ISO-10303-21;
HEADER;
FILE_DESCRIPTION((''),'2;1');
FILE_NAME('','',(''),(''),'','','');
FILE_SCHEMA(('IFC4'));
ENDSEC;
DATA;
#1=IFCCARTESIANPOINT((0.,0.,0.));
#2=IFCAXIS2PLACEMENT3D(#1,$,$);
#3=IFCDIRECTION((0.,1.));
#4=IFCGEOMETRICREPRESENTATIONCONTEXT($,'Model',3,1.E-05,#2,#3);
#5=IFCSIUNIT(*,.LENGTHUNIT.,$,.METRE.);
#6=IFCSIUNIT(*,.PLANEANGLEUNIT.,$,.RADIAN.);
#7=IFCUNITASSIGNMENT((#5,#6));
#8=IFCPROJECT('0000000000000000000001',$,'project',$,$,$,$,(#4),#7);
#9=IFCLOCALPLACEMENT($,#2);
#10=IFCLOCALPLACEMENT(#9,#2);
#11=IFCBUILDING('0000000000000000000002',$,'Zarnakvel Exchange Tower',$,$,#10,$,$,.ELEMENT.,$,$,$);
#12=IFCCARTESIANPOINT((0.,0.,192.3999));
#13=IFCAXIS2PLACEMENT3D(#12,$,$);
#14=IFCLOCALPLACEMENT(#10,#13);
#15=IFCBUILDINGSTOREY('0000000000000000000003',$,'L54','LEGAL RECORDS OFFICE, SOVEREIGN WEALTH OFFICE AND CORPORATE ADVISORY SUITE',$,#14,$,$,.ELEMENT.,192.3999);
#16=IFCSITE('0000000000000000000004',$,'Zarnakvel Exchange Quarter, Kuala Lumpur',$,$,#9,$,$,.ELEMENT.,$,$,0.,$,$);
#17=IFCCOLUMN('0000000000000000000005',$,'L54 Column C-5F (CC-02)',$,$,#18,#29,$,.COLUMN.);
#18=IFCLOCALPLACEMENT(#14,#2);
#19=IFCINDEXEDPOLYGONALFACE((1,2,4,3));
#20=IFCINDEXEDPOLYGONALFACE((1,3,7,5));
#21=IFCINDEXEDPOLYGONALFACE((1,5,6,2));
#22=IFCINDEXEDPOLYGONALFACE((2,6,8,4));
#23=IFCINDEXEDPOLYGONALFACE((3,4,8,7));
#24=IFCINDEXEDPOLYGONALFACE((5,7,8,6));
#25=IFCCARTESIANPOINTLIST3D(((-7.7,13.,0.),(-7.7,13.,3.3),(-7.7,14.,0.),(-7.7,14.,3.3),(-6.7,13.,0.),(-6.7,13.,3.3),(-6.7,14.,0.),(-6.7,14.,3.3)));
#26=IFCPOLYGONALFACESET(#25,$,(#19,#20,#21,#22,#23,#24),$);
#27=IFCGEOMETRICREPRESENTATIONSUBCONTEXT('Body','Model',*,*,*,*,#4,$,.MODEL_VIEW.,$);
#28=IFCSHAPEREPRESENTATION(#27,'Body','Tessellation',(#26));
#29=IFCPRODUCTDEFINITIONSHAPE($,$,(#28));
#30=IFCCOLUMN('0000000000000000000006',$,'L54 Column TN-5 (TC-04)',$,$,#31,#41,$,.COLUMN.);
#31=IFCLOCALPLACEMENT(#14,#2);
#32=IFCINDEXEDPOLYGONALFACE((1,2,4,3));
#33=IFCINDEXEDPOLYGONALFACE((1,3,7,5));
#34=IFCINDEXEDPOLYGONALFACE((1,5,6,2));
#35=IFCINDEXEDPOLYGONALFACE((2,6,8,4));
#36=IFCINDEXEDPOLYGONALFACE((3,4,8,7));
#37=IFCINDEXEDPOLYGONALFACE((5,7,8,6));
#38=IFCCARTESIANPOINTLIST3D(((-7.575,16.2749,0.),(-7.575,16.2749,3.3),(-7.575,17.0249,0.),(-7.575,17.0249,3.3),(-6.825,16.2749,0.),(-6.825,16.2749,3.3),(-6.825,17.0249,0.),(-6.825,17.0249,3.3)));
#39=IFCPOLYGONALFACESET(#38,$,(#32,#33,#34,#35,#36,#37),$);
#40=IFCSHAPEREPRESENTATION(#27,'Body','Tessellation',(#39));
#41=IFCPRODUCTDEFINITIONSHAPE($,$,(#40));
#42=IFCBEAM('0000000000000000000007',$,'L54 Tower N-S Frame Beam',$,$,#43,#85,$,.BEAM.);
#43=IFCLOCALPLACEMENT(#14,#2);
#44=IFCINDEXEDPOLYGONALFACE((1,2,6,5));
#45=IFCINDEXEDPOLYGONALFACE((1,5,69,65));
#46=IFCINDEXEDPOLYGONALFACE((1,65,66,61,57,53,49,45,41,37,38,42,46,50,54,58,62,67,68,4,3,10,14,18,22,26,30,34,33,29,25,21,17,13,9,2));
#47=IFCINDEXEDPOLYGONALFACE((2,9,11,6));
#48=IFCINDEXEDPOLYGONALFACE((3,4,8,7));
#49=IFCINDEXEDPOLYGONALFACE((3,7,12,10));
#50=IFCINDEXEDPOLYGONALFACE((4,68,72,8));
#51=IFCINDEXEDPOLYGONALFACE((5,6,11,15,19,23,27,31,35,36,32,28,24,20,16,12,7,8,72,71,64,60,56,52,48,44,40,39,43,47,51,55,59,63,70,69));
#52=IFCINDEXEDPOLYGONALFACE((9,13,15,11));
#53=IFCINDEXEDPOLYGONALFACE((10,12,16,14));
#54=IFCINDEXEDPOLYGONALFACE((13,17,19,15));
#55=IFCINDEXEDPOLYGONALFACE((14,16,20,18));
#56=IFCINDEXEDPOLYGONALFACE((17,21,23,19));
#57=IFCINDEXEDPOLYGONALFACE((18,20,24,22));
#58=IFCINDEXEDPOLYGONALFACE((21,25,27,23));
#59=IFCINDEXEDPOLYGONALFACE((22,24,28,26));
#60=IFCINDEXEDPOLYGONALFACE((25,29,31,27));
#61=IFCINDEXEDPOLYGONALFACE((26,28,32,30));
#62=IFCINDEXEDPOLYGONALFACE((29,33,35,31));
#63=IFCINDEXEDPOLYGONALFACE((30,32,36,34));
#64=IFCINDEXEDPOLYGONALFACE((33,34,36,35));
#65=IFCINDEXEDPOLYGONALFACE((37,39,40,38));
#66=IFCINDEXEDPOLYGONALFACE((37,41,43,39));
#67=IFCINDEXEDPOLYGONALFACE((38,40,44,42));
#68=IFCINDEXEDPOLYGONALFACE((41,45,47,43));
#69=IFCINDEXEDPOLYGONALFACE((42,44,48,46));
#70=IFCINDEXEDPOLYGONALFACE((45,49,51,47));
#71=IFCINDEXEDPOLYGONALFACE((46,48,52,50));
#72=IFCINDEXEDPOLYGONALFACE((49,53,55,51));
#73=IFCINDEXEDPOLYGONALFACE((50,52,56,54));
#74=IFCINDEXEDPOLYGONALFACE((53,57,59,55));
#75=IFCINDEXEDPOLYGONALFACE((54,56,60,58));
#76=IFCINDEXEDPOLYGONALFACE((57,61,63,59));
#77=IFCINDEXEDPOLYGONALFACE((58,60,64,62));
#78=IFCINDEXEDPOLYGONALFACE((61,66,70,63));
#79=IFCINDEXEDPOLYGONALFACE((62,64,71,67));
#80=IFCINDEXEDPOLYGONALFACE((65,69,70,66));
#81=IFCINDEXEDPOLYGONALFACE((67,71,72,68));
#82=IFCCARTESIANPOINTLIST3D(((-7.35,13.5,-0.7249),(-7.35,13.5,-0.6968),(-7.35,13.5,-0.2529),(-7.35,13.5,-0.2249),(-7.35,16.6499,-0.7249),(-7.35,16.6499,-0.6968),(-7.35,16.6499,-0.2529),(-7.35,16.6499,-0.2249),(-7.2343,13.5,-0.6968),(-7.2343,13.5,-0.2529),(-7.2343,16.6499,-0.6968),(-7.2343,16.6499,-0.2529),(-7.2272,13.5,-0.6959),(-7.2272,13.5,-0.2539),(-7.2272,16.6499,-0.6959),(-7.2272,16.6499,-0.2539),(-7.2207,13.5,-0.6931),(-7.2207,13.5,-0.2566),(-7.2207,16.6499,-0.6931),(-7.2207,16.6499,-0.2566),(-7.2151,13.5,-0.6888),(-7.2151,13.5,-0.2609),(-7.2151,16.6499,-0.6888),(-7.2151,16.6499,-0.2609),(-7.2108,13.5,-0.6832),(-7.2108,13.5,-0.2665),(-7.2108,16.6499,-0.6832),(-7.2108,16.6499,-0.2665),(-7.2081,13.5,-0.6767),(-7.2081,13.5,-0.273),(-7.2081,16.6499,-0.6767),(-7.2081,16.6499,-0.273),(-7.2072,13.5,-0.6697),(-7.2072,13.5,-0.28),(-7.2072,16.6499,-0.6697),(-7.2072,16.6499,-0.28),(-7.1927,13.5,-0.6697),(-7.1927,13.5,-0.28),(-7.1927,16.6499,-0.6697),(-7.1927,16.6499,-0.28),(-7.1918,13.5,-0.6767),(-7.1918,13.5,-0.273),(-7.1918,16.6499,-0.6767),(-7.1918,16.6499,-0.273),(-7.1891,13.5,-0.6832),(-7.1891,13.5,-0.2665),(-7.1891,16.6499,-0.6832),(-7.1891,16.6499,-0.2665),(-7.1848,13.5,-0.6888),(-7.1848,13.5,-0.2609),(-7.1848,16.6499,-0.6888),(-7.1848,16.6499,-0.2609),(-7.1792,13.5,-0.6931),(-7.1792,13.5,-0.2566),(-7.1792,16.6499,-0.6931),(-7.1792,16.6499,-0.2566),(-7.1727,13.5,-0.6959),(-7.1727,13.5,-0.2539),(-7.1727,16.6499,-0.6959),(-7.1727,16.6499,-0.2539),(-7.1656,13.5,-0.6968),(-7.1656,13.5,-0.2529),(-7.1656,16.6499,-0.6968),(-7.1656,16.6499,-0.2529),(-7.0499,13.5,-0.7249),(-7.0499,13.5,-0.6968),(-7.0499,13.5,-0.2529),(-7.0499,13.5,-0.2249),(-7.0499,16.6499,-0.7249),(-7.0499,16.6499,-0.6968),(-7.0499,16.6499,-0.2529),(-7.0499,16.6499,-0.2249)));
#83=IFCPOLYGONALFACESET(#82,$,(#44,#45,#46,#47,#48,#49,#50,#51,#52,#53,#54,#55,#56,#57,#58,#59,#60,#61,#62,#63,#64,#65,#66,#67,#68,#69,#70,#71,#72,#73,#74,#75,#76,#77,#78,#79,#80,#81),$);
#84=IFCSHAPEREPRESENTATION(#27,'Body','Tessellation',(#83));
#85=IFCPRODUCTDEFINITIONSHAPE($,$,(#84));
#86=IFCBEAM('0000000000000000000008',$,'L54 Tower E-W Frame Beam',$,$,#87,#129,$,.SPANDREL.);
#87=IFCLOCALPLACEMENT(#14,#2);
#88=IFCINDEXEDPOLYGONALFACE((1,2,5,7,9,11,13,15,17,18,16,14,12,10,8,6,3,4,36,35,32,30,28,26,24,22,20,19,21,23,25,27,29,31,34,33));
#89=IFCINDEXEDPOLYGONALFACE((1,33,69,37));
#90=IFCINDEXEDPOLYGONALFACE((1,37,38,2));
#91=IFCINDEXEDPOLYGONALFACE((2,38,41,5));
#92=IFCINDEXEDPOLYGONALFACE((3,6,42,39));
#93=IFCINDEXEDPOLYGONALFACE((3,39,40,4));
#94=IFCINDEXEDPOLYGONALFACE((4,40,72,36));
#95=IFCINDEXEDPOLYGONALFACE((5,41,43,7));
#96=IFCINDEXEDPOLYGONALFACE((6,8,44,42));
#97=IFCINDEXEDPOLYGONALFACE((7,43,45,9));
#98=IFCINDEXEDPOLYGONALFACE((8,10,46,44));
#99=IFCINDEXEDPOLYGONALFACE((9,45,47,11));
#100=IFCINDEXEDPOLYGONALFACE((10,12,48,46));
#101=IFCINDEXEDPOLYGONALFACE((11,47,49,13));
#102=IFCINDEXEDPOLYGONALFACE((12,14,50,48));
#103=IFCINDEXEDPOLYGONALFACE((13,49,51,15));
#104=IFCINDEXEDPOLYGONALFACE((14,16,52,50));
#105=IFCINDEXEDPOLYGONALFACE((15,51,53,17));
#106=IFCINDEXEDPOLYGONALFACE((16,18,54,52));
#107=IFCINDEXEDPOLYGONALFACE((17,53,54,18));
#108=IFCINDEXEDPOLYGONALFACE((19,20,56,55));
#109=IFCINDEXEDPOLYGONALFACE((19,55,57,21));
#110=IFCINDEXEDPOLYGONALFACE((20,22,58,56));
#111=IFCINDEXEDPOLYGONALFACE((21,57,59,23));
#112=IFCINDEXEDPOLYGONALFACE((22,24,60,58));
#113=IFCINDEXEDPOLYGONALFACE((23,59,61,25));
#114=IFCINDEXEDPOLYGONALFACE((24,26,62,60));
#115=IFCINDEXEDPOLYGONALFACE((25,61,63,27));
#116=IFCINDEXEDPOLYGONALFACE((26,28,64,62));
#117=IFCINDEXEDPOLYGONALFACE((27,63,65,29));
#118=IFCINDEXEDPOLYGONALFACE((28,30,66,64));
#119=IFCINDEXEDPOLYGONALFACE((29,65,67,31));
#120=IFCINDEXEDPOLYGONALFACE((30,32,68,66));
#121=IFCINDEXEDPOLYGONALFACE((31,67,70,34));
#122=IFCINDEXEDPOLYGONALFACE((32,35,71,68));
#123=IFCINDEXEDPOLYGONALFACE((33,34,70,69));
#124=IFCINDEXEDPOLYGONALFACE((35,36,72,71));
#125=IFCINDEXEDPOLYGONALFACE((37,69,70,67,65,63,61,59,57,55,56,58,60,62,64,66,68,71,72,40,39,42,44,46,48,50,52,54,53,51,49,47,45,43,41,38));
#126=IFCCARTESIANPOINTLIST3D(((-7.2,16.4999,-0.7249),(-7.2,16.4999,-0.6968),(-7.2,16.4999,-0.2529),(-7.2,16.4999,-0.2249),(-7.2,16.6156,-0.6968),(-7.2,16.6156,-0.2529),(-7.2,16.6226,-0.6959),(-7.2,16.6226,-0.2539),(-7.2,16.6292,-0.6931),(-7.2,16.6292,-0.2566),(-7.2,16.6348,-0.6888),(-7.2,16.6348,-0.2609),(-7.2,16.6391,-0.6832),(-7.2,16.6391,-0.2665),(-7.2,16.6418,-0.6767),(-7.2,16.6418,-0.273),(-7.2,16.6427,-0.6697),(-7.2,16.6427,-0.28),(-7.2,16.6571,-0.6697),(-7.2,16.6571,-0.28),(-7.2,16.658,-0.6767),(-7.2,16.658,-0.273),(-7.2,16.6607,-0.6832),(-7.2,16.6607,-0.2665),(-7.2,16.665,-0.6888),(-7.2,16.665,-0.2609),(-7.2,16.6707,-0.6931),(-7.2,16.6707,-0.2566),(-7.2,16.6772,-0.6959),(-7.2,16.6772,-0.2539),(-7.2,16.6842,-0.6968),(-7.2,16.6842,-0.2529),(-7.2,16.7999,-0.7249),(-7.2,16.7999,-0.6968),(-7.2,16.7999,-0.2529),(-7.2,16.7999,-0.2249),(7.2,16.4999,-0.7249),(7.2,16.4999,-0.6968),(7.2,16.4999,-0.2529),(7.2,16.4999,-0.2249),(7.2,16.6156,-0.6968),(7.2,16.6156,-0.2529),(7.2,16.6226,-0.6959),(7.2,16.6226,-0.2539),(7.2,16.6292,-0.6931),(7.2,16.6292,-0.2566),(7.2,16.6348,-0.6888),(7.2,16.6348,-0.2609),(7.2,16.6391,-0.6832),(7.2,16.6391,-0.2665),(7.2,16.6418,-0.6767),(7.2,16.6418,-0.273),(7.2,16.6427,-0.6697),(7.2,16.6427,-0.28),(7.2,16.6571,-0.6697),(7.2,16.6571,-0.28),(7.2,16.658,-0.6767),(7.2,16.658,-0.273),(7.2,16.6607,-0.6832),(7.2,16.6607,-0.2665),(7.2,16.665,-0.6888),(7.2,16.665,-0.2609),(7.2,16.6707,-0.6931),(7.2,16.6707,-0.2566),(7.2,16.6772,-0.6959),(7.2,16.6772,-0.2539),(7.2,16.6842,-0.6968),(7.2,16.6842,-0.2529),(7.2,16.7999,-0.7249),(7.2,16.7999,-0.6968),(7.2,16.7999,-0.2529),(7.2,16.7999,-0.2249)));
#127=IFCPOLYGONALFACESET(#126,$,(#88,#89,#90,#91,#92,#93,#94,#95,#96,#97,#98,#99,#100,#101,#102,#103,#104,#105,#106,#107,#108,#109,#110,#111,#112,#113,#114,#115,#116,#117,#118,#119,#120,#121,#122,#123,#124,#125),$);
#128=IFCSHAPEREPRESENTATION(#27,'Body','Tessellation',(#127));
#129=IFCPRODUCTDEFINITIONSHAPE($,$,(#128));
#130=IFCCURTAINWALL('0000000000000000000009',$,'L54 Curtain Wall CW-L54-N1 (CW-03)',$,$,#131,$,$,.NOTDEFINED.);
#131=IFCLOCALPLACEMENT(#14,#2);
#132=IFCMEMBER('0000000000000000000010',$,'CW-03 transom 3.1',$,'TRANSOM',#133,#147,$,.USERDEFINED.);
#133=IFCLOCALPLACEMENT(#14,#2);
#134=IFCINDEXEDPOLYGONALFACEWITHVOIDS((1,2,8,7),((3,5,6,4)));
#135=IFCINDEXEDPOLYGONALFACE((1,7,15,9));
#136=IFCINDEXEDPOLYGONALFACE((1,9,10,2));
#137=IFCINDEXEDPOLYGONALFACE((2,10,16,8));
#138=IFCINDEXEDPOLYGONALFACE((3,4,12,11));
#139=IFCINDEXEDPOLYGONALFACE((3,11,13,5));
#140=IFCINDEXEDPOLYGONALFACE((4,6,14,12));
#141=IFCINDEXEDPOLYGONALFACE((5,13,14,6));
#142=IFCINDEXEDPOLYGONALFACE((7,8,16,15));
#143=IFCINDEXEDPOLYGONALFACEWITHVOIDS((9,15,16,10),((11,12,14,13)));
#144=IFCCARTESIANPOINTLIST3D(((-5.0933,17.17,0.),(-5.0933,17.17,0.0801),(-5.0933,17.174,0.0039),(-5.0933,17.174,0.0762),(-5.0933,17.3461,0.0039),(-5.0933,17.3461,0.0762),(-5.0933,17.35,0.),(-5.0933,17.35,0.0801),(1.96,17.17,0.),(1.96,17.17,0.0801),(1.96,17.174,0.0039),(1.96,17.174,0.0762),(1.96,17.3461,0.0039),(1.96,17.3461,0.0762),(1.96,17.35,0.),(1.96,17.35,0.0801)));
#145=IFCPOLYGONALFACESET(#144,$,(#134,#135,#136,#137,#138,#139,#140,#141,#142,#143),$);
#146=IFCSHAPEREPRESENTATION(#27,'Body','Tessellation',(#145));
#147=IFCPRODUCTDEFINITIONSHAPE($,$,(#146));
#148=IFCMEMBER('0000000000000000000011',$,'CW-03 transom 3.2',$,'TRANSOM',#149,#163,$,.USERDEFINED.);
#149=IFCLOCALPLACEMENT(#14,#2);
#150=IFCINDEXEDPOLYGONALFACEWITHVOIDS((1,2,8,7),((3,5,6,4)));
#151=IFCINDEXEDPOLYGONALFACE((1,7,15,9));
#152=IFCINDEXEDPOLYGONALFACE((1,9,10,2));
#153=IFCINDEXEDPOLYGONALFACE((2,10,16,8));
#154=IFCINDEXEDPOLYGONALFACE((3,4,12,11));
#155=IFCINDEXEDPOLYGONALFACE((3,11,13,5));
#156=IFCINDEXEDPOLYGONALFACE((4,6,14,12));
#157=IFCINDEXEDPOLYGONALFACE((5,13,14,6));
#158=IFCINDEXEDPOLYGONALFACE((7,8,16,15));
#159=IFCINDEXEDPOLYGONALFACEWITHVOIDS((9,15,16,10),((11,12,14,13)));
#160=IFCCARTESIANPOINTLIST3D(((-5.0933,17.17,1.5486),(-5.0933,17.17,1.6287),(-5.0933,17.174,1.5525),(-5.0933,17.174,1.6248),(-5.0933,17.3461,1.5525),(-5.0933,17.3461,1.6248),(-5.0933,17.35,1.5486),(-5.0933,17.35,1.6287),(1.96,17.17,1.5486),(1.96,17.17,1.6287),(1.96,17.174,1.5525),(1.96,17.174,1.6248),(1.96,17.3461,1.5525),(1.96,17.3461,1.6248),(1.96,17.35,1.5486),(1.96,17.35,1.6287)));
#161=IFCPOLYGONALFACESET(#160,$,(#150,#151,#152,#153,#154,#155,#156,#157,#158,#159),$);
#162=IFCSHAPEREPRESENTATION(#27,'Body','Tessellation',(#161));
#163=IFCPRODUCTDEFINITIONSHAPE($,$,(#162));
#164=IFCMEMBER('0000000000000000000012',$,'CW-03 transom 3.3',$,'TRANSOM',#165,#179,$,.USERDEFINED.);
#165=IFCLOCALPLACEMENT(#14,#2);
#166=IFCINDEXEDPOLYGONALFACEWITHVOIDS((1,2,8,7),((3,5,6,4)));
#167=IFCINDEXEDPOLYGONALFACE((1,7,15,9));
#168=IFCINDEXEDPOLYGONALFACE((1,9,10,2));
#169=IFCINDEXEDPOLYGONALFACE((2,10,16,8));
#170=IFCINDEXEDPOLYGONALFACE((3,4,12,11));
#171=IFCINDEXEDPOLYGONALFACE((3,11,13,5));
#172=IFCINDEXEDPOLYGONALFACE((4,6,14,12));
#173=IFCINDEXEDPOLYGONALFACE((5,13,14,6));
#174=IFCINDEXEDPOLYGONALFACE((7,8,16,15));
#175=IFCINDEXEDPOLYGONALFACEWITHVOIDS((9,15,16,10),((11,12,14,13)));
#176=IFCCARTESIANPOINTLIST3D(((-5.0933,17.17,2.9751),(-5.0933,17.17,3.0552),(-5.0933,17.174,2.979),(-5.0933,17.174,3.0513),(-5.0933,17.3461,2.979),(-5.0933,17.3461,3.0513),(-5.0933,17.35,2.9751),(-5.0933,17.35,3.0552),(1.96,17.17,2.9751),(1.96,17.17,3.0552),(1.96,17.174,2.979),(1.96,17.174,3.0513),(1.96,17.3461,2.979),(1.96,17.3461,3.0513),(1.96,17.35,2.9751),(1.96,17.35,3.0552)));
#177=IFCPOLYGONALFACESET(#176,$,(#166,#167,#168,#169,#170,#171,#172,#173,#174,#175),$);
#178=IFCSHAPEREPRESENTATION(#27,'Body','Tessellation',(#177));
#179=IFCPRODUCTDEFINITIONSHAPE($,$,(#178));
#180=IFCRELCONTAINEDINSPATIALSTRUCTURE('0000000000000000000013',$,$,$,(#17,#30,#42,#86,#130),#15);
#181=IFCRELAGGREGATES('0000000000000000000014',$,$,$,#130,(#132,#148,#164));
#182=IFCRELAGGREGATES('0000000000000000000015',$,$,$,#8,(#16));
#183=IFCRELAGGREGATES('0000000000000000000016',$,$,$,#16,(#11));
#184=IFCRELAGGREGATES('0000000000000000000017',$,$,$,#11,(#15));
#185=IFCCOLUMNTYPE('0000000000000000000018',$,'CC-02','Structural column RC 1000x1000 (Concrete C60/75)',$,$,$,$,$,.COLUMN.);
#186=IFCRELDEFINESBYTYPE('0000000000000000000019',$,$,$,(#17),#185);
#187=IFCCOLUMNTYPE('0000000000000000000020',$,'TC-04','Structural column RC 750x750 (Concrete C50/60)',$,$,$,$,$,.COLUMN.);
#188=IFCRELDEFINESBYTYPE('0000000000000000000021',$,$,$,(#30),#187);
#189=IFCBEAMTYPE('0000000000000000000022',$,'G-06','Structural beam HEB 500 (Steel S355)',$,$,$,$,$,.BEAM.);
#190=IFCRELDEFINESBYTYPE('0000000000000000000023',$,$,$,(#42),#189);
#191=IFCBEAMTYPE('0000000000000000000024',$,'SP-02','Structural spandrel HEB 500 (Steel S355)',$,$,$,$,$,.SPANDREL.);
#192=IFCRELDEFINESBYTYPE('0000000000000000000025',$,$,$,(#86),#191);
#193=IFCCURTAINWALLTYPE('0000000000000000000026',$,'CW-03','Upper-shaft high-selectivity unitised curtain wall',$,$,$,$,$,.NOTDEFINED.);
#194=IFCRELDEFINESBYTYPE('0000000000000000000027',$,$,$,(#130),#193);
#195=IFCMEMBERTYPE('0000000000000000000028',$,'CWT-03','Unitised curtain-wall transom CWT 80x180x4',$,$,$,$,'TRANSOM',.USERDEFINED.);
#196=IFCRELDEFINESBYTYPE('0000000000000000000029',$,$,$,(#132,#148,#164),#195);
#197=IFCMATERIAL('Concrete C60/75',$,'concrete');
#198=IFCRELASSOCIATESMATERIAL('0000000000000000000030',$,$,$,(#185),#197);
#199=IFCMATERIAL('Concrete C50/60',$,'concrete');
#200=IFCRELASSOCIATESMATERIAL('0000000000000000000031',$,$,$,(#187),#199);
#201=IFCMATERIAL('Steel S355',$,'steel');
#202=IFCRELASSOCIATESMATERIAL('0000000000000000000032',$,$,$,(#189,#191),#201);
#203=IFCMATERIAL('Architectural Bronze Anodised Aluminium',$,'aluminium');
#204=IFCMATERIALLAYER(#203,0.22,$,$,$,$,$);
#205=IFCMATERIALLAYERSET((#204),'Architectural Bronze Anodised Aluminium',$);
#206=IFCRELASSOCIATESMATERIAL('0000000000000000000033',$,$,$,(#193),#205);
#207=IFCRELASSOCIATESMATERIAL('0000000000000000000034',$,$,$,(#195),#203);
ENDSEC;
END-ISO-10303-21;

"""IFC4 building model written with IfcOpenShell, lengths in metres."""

from ifc_helpers import new_model, si_unit, direction, frame, origin, origin_2d, place, context, subcontext, project, spatial, rectangle, hollow_rectangle, i_section, extrude, source, transform, mapped, material, layer, layer_set, material_profile, profile_set, type_object, element, aggregate, save


model = new_model("IFC4")

# Units and contexts
model_context = context("Model", 3, precision=1e-05, world=origin(), true_north=direction((0.0, 1.0)))
body_context = subcontext(model_context, "Body", "Model", "MODEL_VIEW")
ifc_project = project(units=[si_unit("LENGTHUNIT", "METRE"), si_unit("PLANEANGLEUNIT", "RADIAN")], contexts=[model_context])

# Site, building, storey
site_placement = place(None, origin())
site = spatial("IfcSite", under=ifc_project, at=site_placement, Name="Zarnakvel Exchange Quarter, Kuala Lumpur", CompositionType="ELEMENT", RefElevation=0.0)
building_placement = place(site_placement, origin())
building = spatial("IfcBuilding", under=site, at=building_placement, Name="Zarnakvel Exchange Tower", CompositionType="ELEMENT")
storey_placement = place(building_placement, frame((0.0, 0.0, 192.3999)))
storey = spatial("IfcBuildingStorey", under=building, at=storey_placement, Name="L54", Description="LEGAL RECORDS OFFICE, SOVEREIGN WEALTH OFFICE AND CORPORATE ADVISORY SUITE", CompositionType="ELEMENT", Elevation=192.3999)

# Columns
ifc_material_1 = material(Name="Concrete C60/75", Category="concrete")
ifc_material_profile_1 = material_profile(ifc_material_1, rectangle(XDim=1.0, YDim=1.0, at=origin_2d()))
ifc_profile_set_1 = profile_set([ifc_material_profile_1], Name="Concrete C60/75")
column_type_1 = type_object("IfcColumnType", Name="CC-02", Description="Structural column RC 1000x1000 (Concrete C60/75)", PredefinedType="COLUMN", material=ifc_profile_set_1)
column_1_placement = place(storey_placement, frame((-7.2, 13.5, 0.0), z_axis=(0.0, 0.0, 1.0), x_axis=(1.0, 0.0, 0.0)))
element("IfcColumn", 1, at=column_1_placement, inside=storey, type_object=column_type_1, Name="L54 Column C-5F (CC-02)", PredefinedType="COLUMN", context=body_context, shape_type="SweptSolid", body=[
    extrude(rectangle(XDim=1.0, YDim=1.0, at=origin_2d()), origin(), (0.0, 0.0, 1.0), 3.3),
])
ifc_material_2 = material(Name="Concrete C50/60", Category="concrete")
ifc_material_profile_2 = material_profile(ifc_material_2, rectangle(XDim=0.75, YDim=0.75, at=origin_2d()))
ifc_profile_set_2 = profile_set([ifc_material_profile_2], Name="Concrete C50/60")
column_type_2 = type_object("IfcColumnType", Name="TC-04", Description="Structural column RC 750x750 (Concrete C50/60)", PredefinedType="COLUMN", material=ifc_profile_set_2)
column_2_placement = place(storey_placement, frame((-7.2, 16.6499, 0.0), z_axis=(0.0, 0.0, 1.0), x_axis=(1.0, 0.0, 0.0)))
element("IfcColumn", 2, at=column_2_placement, inside=storey, type_object=column_type_2, Name="L54 Column TN-5 (TC-04)", PredefinedType="COLUMN", context=body_context, shape_type="SweptSolid", body=[
    extrude(rectangle(XDim=0.75, YDim=0.75, at=origin_2d()), origin(), (0.0, 0.0, 1.0), 3.3),
])

# Beams
ifc_material_3 = material(Name="Steel S355", Category="steel")
ifc_material_profile_3 = material_profile(ifc_material_3, i_section(OverallWidth=0.3, OverallDepth=0.5, WebThickness=0.0144, FlangeThickness=0.0281, FilletRadius=0.0271, at=origin_2d()))
ifc_profile_set_3 = profile_set([ifc_material_profile_3], Name="Steel S355")
beam_type_1 = type_object("IfcBeamType", Name="G-06", Description="Structural beam HEB 500 (Steel S355)", PredefinedType="BEAM", material=ifc_profile_set_3)
beam_1_placement = place(storey_placement, frame((-7.2, 13.5, -0.4749), z_axis=(0.0, 1.0, 0.0), x_axis=(-1.0, 0.0, 0.0)))
element("IfcBeam", 3, at=beam_1_placement, inside=storey, type_object=beam_type_1, Name="L54 Tower N-S Frame Beam", PredefinedType="BEAM", context=body_context, shape_type="SweptSolid", body=[
    extrude(i_section(OverallWidth=0.3, OverallDepth=0.5, WebThickness=0.0144, FlangeThickness=0.0281, FilletRadius=0.0271, at=origin_2d()), origin(), (0.0, 0.0, 1.0), 3.1499),
])
ifc_material_profile_4 = material_profile(ifc_material_3, i_section(OverallWidth=0.3, OverallDepth=0.5, WebThickness=0.0144, FlangeThickness=0.0281, FilletRadius=0.0271, at=origin_2d()))
ifc_profile_set_4 = profile_set([ifc_material_profile_4], Name="Steel S355")
beam_type_2 = type_object("IfcBeamType", Name="SP-02", Description="Structural spandrel HEB 500 (Steel S355)", PredefinedType="SPANDREL", material=ifc_profile_set_4)
beam_2_placement = place(storey_placement, frame((-7.2, 16.6499, -0.4749), z_axis=(1.0, 0.0, 0.0), x_axis=(0.0, 1.0, 0.0)))
element("IfcBeam", 4, at=beam_2_placement, inside=storey, type_object=beam_type_2, Name="L54 Tower E-W Frame Beam", PredefinedType="SPANDREL", context=body_context, shape_type="SweptSolid", body=[
    extrude(i_section(OverallWidth=0.3, OverallDepth=0.5, WebThickness=0.0144, FlangeThickness=0.0281, FilletRadius=0.0271, at=origin_2d()), origin(), (0.0, 0.0, 1.0), 14.3999),
])

# Curtain wall, members
ifc_material_4 = material(Name="Architectural Bronze Anodised Aluminium", Category="aluminium")
ifc_layer_1 = layer(ifc_material_4, 0.22)
ifc_layer_set_1 = layer_set([ifc_layer_1], Name="Architectural Bronze Anodised Aluminium")
curtain_wall_type = type_object("IfcCurtainWallType", Name="CW-03", Description="Upper-shaft high-selectivity unitised curtain wall", PredefinedType="NOTDEFINED", material=ifc_layer_set_1)
curtain_wall_placement = place(storey_placement, origin())
curtain_wall = element("IfcCurtainWall", 5, at=curtain_wall_placement, inside=storey, type_object=curtain_wall_type, Name="L54 Curtain Wall CW-L54-N1 (CW-03)", PredefinedType="NOTDEFINED")
ifc_material_profile_5 = material_profile(ifc_material_4, hollow_rectangle(XDim=0.1799, YDim=0.0801, WallThickness=0.0039, at=origin_2d()))
ifc_profile_set_5 = profile_set([ifc_material_profile_5], Name="Architectural Bronze Anodised Aluminium")
member_type_1 = type_object("IfcMemberType", Name="CWT-03", Description="Unitised curtain-wall transom CWT 80x180x4", ElementType="TRANSOM", PredefinedType="USERDEFINED", material=ifc_profile_set_5)
shared_shape_1 = source(origin(), body_context, "Body", "SweptSolid", [
    extrude(hollow_rectangle(XDim=0.1799, YDim=0.0801, WallThickness=0.0039, at=origin_2d()), origin(), (0.0, 0.0, 1.0), 7.0532),
])
member_1_placement = place(storey_placement, frame((-5.0933, 17.26, 0.04), z_axis=(1.0, 0.0, 0.0), x_axis=(0.0, 1.0, 0.0)))
member_1 = element("IfcMember", 6, at=member_1_placement, type_object=member_type_1, Name="CW-03 transom 3.1", ObjectType="TRANSOM", PredefinedType="USERDEFINED", context=body_context, shape_type="MappedRepresentation", body=[
    mapped(shared_shape_1, transform((0.0, 0.0, 0.0), x_axis=(1.0, 0.0, 0.0), y_axis=(0.0, 1.0, 0.0), z_axis=(0.0, 0.0, 1.0), scale=1.0)),
])
member_2_placement = place(storey_placement, frame((-5.0933, 17.26, 1.5886), z_axis=(1.0, 0.0, 0.0), x_axis=(0.0, 1.0, 0.0)))
member_2 = element("IfcMember", 7, at=member_2_placement, type_object=member_type_1, Name="CW-03 transom 3.2", ObjectType="TRANSOM", PredefinedType="USERDEFINED", context=body_context, shape_type="MappedRepresentation", body=[
    mapped(shared_shape_1, transform((0.0, 0.0, 0.0), x_axis=(1.0, 0.0, 0.0), y_axis=(0.0, 1.0, 0.0), z_axis=(0.0, 0.0, 1.0), scale=1.0)),
])
member_3_placement = place(storey_placement, frame((-5.0933, 17.26, 3.0151), z_axis=(1.0, 0.0, 0.0), x_axis=(0.0, 1.0, 0.0)))
member_3 = element("IfcMember", 8, at=member_3_placement, type_object=member_type_1, Name="CW-03 transom 3.3", ObjectType="TRANSOM", PredefinedType="USERDEFINED", context=body_context, shape_type="MappedRepresentation", body=[
    mapped(shared_shape_1, transform((0.0, 0.0, 0.0), x_axis=(1.0, 0.0, 0.0), y_axis=(0.0, 1.0, 0.0), z_axis=(0.0, 0.0, 1.0), scale=1.0)),
])
aggregate(curtain_wall, [member_1, member_2, member_3])

save(model, "model.ifc")
